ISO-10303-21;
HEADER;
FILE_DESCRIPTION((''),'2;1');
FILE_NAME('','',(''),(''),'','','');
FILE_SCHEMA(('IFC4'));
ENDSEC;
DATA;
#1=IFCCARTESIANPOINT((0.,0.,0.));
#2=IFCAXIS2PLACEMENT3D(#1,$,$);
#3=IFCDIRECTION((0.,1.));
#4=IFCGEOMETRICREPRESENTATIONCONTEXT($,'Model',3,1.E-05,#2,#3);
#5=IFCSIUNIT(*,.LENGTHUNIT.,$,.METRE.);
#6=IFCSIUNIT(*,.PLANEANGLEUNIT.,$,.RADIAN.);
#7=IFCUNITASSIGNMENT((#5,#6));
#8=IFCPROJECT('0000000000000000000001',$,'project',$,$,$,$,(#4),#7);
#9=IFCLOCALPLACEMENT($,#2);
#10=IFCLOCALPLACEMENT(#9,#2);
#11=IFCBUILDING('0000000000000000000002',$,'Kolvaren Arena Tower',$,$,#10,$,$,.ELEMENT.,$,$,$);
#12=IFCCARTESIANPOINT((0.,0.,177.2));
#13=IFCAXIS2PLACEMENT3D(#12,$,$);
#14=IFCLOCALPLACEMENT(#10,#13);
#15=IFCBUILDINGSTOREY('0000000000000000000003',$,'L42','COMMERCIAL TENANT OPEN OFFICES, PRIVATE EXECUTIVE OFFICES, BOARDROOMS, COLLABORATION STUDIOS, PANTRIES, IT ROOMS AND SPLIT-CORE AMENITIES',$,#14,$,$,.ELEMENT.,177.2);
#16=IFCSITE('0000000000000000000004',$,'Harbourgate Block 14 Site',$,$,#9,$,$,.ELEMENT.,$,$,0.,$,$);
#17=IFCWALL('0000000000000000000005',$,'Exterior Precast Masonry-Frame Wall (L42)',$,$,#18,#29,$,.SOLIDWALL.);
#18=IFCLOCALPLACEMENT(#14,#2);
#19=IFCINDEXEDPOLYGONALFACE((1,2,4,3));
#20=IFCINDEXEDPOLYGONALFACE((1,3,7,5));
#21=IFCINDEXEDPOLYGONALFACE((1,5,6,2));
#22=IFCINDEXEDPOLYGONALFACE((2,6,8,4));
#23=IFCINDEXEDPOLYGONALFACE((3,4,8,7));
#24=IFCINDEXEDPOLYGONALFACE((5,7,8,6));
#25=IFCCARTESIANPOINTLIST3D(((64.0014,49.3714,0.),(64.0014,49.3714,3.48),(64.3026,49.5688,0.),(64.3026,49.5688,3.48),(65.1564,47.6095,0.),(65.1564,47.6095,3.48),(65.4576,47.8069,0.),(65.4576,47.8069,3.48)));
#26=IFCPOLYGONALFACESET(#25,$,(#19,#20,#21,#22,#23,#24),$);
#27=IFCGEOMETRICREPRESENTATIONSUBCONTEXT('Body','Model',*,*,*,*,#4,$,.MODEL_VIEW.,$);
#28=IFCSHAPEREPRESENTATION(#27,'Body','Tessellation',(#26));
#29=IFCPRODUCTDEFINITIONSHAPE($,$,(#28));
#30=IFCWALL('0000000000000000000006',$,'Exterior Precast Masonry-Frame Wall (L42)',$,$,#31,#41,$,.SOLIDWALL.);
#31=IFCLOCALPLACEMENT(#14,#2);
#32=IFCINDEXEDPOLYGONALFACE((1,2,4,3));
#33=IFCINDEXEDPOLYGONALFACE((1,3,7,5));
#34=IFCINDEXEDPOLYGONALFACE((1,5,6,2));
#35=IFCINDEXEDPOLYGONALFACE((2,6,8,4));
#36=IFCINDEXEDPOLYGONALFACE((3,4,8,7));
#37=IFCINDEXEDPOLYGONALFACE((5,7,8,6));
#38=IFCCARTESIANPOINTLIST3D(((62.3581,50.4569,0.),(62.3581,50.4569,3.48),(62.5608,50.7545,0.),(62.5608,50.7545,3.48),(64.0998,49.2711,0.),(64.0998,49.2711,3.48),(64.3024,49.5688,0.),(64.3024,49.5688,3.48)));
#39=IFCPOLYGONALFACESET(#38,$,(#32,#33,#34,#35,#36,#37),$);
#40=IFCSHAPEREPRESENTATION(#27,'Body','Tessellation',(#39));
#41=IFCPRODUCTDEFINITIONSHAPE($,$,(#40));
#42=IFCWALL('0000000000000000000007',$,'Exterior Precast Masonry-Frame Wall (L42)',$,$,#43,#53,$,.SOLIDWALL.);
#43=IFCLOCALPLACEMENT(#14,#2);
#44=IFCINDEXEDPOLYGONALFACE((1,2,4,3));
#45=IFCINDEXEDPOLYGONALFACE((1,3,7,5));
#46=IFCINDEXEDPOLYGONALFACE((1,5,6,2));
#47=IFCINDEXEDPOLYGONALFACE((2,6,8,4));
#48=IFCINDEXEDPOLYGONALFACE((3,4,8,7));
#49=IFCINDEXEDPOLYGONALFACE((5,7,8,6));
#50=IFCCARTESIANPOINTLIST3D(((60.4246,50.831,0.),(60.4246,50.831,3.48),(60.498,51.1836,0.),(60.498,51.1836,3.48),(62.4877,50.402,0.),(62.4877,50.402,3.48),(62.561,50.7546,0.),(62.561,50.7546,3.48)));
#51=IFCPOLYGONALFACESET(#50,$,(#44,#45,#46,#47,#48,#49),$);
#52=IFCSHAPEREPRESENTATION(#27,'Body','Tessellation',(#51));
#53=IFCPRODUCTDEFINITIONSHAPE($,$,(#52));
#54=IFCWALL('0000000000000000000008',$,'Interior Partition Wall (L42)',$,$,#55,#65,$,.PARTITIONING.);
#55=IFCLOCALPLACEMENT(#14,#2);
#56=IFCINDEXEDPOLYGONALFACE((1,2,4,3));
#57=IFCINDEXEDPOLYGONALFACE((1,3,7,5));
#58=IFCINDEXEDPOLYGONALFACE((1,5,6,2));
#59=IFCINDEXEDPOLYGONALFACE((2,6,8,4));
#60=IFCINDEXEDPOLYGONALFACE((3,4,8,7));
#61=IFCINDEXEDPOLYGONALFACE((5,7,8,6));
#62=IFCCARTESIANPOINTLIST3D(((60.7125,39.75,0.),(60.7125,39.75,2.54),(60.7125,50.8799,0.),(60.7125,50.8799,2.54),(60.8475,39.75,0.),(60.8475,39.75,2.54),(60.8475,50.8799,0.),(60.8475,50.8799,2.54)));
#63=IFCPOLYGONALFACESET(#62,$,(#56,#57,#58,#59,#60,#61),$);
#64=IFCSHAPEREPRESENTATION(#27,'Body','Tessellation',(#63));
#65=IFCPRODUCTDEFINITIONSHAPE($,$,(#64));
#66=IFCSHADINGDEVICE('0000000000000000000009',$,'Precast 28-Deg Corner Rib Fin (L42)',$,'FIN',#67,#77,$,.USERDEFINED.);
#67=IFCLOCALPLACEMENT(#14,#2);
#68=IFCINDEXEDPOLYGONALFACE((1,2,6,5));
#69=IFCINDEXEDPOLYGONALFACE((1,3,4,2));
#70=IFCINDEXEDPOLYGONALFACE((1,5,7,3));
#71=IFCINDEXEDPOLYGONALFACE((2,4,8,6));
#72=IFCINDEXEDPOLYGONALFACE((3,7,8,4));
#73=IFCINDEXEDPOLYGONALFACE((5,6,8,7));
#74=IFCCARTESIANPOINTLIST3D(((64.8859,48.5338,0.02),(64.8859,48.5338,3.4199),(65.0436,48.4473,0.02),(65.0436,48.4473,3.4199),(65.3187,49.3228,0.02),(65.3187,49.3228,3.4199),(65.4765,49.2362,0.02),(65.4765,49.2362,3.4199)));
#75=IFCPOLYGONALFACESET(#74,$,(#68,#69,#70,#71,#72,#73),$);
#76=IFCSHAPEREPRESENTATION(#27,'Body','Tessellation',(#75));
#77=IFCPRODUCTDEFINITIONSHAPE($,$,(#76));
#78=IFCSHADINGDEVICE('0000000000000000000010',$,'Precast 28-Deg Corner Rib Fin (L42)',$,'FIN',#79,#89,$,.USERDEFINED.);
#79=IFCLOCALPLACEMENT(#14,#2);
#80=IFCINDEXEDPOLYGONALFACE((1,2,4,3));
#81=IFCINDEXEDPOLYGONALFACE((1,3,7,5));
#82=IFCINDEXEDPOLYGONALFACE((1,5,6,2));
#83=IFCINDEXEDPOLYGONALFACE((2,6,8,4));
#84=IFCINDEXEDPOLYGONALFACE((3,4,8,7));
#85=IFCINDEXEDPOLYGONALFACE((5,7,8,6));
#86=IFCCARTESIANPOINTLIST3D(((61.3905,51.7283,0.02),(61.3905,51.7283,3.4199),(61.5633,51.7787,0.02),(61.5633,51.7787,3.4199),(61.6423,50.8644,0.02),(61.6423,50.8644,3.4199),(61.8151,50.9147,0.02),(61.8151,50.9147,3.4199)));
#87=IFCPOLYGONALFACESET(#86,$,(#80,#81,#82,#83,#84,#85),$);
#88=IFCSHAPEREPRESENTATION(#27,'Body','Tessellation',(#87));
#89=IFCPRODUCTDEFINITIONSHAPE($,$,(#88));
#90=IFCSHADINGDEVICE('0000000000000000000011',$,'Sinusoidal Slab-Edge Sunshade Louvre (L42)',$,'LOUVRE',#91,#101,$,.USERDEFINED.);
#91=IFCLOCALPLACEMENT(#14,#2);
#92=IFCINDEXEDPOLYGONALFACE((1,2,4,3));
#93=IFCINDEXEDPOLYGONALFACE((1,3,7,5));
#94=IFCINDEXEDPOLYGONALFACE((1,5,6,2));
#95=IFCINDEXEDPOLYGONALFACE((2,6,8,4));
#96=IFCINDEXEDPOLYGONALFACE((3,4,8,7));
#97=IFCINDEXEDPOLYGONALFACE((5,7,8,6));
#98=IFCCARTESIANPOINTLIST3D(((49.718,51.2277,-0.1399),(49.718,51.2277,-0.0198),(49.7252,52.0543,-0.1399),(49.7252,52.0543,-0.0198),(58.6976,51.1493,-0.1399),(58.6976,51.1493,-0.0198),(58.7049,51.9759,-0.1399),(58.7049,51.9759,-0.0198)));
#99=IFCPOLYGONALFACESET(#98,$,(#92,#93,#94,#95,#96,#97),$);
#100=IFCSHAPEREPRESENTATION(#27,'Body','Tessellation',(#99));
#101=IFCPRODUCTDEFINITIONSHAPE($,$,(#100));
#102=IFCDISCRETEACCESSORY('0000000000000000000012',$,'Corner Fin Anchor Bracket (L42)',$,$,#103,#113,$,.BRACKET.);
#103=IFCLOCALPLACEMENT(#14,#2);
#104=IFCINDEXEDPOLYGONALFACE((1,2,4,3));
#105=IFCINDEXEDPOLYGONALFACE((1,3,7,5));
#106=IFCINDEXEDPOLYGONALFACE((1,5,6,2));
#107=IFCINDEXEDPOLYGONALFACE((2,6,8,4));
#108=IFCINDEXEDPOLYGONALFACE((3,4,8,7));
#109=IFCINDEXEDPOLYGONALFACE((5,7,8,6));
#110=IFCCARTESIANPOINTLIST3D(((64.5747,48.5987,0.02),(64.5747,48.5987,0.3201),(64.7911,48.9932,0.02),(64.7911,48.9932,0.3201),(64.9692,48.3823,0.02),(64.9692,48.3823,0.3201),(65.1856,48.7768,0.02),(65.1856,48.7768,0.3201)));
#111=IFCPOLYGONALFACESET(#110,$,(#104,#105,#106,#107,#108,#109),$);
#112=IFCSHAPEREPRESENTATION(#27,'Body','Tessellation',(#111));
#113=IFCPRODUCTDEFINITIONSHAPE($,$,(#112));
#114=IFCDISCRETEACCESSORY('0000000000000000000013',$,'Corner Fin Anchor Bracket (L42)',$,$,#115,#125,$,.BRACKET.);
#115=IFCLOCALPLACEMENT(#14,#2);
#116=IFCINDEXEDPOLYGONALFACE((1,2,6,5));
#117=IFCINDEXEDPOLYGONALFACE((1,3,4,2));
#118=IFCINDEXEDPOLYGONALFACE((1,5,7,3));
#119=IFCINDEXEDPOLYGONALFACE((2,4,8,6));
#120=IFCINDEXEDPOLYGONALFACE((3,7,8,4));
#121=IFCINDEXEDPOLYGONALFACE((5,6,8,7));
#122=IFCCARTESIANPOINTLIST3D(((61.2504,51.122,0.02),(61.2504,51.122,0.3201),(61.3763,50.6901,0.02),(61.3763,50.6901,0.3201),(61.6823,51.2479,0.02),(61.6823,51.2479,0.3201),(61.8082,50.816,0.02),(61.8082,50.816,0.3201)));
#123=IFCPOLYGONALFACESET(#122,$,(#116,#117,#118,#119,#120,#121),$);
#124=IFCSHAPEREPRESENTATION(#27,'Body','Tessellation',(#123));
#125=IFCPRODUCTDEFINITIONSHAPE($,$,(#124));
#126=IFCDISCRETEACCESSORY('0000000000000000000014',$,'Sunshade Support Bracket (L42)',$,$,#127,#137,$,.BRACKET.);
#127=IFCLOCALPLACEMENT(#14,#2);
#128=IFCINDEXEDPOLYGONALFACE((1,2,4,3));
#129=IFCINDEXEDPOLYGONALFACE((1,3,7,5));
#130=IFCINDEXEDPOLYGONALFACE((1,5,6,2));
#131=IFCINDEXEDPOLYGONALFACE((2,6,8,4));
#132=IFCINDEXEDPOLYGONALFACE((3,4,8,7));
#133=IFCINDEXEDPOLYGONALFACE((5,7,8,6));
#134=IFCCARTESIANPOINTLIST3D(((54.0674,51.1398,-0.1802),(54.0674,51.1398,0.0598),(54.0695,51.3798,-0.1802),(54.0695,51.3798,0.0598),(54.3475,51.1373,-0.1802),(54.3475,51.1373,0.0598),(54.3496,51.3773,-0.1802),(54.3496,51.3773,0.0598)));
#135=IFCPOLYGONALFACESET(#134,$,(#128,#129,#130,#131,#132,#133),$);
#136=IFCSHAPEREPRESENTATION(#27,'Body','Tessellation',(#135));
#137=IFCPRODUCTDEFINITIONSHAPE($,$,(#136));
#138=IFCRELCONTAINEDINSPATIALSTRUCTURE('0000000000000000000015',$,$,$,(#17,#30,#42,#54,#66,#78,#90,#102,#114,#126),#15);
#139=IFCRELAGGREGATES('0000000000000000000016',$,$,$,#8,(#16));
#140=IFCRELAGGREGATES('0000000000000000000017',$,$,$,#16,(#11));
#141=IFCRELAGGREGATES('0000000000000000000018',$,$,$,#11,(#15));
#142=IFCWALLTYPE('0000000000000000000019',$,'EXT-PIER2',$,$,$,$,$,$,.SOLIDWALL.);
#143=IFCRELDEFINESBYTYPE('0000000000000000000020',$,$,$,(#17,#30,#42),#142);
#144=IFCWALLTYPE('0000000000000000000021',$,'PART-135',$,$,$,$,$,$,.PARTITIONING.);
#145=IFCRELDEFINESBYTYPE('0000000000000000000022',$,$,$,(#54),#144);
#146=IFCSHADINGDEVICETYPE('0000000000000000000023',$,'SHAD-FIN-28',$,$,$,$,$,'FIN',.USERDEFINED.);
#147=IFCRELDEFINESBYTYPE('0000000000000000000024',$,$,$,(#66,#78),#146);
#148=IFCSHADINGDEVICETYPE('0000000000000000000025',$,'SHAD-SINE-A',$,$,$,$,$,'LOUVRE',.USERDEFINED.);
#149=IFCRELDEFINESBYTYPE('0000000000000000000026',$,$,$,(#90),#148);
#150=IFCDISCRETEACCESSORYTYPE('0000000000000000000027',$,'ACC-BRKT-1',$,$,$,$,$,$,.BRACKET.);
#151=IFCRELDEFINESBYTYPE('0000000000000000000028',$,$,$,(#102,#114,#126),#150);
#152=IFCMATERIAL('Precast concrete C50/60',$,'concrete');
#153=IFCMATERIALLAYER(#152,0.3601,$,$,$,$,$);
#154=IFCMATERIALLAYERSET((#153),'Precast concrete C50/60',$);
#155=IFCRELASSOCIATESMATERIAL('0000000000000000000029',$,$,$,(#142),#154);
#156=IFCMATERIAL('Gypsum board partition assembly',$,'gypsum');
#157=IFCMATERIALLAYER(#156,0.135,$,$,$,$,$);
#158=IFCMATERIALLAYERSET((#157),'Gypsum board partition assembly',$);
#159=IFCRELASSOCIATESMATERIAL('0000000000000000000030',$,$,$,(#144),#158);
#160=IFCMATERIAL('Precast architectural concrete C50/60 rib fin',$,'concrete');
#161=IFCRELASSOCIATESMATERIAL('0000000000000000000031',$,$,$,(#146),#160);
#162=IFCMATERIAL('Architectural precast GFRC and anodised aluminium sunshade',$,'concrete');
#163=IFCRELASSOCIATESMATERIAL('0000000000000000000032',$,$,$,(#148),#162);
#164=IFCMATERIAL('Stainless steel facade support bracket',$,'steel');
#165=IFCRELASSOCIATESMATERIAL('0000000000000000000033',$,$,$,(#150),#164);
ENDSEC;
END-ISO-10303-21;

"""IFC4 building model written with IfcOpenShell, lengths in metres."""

from ifc_helpers import new_model, si_unit, direction, frame, frame_2d, origin, origin_2d, place, context, subcontext, project, spatial, rectangle, extrude, material, layer, layer_set, type_object, element, save


model = new_model("IFC4")

# Units and contexts
model_context = context("Model", 3, precision=1e-05, world=origin(), true_north=direction((0.0, 1.0)))
body_context = subcontext(model_context, "Body", "Model", "MODEL_VIEW")
ifc_project = project(units=[si_unit("LENGTHUNIT", "METRE"), si_unit("PLANEANGLEUNIT", "RADIAN")], contexts=[model_context])

# Site, building, storey
site_placement = place(None, origin())
site = spatial("IfcSite", under=ifc_project, at=site_placement, Name="Harbourgate Block 14 Site", CompositionType="ELEMENT", RefElevation=0.0)
building_placement = place(site_placement, origin())
building = spatial("IfcBuilding", under=site, at=building_placement, Name="Kolvaren Arena Tower", CompositionType="ELEMENT")
storey_placement = place(building_placement, frame((0.0, 0.0, 177.2)))
storey = spatial("IfcBuildingStorey", under=building, at=storey_placement, Name="L42", Description="COMMERCIAL TENANT OPEN OFFICES, PRIVATE EXECUTIVE OFFICES, BOARDROOMS, COLLABORATION STUDIOS, PANTRIES, IT ROOMS AND SPLIT-CORE AMENITIES", CompositionType="ELEMENT", Elevation=177.2)

# Shared definitions
ifc_material_1 = material(Name="Precast concrete C50/60", Category="concrete")
ifc_layer_1 = layer(ifc_material_1, 0.3601)
ifc_layer_set_1 = layer_set([ifc_layer_1], Name="Precast concrete C50/60")
wall_type_1 = type_object("IfcWallType", Name="EXT-PIER2", PredefinedType="SOLIDWALL", material=ifc_layer_set_1)

# Walls
wall_1_placement = place(storey_placement, frame((64.1521, 49.47, 0.0), z_axis=(0.0, 0.0, 1.0), x_axis=(0.548239, -0.836322, 0.0)))
element("IfcWall", 1, at=wall_1_placement, inside=storey, type_object=wall_type_1, Name="Exterior Precast Masonry-Frame Wall (L42)", PredefinedType="SOLIDWALL", context=body_context, shape_type="SweptSolid", body=[
    extrude(rectangle(XDim=2.1067, YDim=0.3601, at=frame_2d((1.0532, 0.0))), origin(), (0.0, 0.0, 1.0), 3.48),
])
wall_2_placement = place(storey_placement, frame((62.4595, 50.6057, 0.0), z_axis=(0.0, 0.0, 1.0), x_axis=(0.82661, -0.562776, 0.0)))
element("IfcWall", 2, at=wall_2_placement, inside=storey, type_object=wall_type_1, Name="Exterior Precast Masonry-Frame Wall (L42)", PredefinedType="SOLIDWALL", context=body_context, shape_type="SweptSolid", body=[
    extrude(rectangle(XDim=2.1069, YDim=0.3601, at=frame_2d((1.0535, 0.0))), origin(), (0.0, 0.0, 1.0), 3.48),
])
wall_3_placement = place(storey_placement, frame((60.4612, 51.0073, 0.0), z_axis=(0.0, 0.0, 1.0), x_axis=(0.979059, -0.203575, 0.0)))
element("IfcWall", 3, at=wall_3_placement, inside=storey, type_object=wall_type_1, Name="Exterior Precast Masonry-Frame Wall (L42)", PredefinedType="SOLIDWALL", context=body_context, shape_type="SweptSolid", body=[
    extrude(rectangle(XDim=2.1072, YDim=0.3601, at=frame_2d((1.0537, 0.0))), origin(), (0.0, 0.0, 1.0), 3.48),
])
ifc_material_2 = material(Name="Gypsum board partition assembly", Category="gypsum")
ifc_layer_2 = layer(ifc_material_2, 0.135)
ifc_layer_set_2 = layer_set([ifc_layer_2], Name="Gypsum board partition assembly")
wall_type_2 = type_object("IfcWallType", Name="PART-135", PredefinedType="PARTITIONING", material=ifc_layer_set_2)
wall_4_placement = place(storey_placement, frame((60.78, 39.75, 0.0), z_axis=(0.0, 0.0, 1.0), x_axis=(0.0, 1.0, 0.0)))
element("IfcWall", 4, at=wall_4_placement, inside=storey, type_object=wall_type_2, Name="Interior Partition Wall (L42)", PredefinedType="PARTITIONING", context=body_context, shape_type="SweptSolid", body=[
    extrude(rectangle(XDim=11.1299, YDim=0.135, at=frame_2d((5.5649, 0.0))), origin(), (0.0, 0.0, 1.0), 2.54),
])

# Shading devices
ifc_material_3 = material(Name="Precast architectural concrete C50/60 rib fin", Category="concrete")
shading_device_type_1 = type_object("IfcShadingDeviceType", Name="SHAD-FIN-28", ElementType="FIN", PredefinedType="USERDEFINED", material=ifc_material_3)
for number, where, z_axis, x_axis, name in (
    (5, (65.1812, 48.885, 0.02), (0.0, 0.0, 1.0), (0.480995, 0.876723, 0.0), "Precast 28-Deg Corner Rib Fin (L42)"),
    (6, (61.6028, 51.3215, 0.02), (0.0, 0.0, 1.0), (-0.279812, 0.960055, 0.0), "Precast 28-Deg Corner Rib Fin (L42)"),
):
    element("IfcShadingDevice", number, at=place(storey_placement, frame(where, z_axis=z_axis, x_axis=x_axis)), inside=storey, type_object=shading_device_type_1, Name=name, ObjectType="FIN", PredefinedType="USERDEFINED", context=body_context, shape_type="SweptSolid", body=[
        extrude(rectangle(XDim=0.8999, YDim=0.1799, at=origin_2d()), origin(), (0.0, 0.0, 1.0), 3.3999),
    ])
ifc_material_4 = material(Name="Architectural precast GFRC and anodised aluminium sunshade", Category="concrete")
shading_device_type_2 = type_object("IfcShadingDeviceType", Name="SHAD-SINE-A", ElementType="LOUVRE", PredefinedType="USERDEFINED", material=ifc_material_4)
shading_device_placement = place(storey_placement, frame((54.2114, 51.6018, -0.1399), z_axis=(0.0, 0.0, 1.0), x_axis=(0.999962, -0.008727, 0.0)))
element("IfcShadingDevice", 7, at=shading_device_placement, inside=storey, type_object=shading_device_type_2, Name="Sinusoidal Slab-Edge Sunshade Louvre (L42)", ObjectType="LOUVRE", PredefinedType="USERDEFINED", context=body_context, shape_type="SweptSolid", body=[
    extrude(rectangle(XDim=8.98, YDim=0.8267, at=origin_2d()), origin(), (0.0, 0.0, 1.0), 0.1201),
])

# Discrete accessories
ifc_material_5 = material(Name="Stainless steel facade support bracket", Category="steel")
discrete_accessory_type = type_object("IfcDiscreteAccessoryType", Name="ACC-BRKT-1", PredefinedType="BRACKET", material=ifc_material_5)
for number, where, z_axis, x_axis, name in (
    (8, (64.8801, 48.6877, 0.02), (0.0, 0.0, 1.0), (0.480995, 0.876723, 0.0), "Corner Fin Anchor Bracket (L42)"),
    (9, (61.5293, 50.969, 0.02), (0.0, 0.0, 1.0), (-0.279812, 0.960055, 0.0), "Corner Fin Anchor Bracket (L42)"),
):
    element("IfcDiscreteAccessory", number, at=place(storey_placement, frame(where, z_axis=z_axis, x_axis=x_axis)), inside=storey, type_object=discrete_accessory_type, Name=name, PredefinedType="BRACKET", context=body_context, shape_type="SweptSolid", body=[
        extrude(rectangle(XDim=0.45, YDim=0.45, at=origin_2d()), origin(), (0.0, 0.0, 1.0), 0.3),
    ])
discrete_accessory_placement = place(storey_placement, frame((54.2085, 51.2585, -0.1802), z_axis=(0.0, 0.0, 1.0), x_axis=(0.999962, -0.008727, 0.0)))
element("IfcDiscreteAccessory", 10, at=discrete_accessory_placement, inside=storey, type_object=discrete_accessory_type, Name="Sunshade Support Bracket (L42)", PredefinedType="BRACKET", context=body_context, shape_type="SweptSolid", body=[
    extrude(rectangle(XDim=0.28, YDim=0.24, at=origin_2d()), origin(), (0.0, 0.0, 1.0), 0.24),
])

save(model, "model.ifc")
